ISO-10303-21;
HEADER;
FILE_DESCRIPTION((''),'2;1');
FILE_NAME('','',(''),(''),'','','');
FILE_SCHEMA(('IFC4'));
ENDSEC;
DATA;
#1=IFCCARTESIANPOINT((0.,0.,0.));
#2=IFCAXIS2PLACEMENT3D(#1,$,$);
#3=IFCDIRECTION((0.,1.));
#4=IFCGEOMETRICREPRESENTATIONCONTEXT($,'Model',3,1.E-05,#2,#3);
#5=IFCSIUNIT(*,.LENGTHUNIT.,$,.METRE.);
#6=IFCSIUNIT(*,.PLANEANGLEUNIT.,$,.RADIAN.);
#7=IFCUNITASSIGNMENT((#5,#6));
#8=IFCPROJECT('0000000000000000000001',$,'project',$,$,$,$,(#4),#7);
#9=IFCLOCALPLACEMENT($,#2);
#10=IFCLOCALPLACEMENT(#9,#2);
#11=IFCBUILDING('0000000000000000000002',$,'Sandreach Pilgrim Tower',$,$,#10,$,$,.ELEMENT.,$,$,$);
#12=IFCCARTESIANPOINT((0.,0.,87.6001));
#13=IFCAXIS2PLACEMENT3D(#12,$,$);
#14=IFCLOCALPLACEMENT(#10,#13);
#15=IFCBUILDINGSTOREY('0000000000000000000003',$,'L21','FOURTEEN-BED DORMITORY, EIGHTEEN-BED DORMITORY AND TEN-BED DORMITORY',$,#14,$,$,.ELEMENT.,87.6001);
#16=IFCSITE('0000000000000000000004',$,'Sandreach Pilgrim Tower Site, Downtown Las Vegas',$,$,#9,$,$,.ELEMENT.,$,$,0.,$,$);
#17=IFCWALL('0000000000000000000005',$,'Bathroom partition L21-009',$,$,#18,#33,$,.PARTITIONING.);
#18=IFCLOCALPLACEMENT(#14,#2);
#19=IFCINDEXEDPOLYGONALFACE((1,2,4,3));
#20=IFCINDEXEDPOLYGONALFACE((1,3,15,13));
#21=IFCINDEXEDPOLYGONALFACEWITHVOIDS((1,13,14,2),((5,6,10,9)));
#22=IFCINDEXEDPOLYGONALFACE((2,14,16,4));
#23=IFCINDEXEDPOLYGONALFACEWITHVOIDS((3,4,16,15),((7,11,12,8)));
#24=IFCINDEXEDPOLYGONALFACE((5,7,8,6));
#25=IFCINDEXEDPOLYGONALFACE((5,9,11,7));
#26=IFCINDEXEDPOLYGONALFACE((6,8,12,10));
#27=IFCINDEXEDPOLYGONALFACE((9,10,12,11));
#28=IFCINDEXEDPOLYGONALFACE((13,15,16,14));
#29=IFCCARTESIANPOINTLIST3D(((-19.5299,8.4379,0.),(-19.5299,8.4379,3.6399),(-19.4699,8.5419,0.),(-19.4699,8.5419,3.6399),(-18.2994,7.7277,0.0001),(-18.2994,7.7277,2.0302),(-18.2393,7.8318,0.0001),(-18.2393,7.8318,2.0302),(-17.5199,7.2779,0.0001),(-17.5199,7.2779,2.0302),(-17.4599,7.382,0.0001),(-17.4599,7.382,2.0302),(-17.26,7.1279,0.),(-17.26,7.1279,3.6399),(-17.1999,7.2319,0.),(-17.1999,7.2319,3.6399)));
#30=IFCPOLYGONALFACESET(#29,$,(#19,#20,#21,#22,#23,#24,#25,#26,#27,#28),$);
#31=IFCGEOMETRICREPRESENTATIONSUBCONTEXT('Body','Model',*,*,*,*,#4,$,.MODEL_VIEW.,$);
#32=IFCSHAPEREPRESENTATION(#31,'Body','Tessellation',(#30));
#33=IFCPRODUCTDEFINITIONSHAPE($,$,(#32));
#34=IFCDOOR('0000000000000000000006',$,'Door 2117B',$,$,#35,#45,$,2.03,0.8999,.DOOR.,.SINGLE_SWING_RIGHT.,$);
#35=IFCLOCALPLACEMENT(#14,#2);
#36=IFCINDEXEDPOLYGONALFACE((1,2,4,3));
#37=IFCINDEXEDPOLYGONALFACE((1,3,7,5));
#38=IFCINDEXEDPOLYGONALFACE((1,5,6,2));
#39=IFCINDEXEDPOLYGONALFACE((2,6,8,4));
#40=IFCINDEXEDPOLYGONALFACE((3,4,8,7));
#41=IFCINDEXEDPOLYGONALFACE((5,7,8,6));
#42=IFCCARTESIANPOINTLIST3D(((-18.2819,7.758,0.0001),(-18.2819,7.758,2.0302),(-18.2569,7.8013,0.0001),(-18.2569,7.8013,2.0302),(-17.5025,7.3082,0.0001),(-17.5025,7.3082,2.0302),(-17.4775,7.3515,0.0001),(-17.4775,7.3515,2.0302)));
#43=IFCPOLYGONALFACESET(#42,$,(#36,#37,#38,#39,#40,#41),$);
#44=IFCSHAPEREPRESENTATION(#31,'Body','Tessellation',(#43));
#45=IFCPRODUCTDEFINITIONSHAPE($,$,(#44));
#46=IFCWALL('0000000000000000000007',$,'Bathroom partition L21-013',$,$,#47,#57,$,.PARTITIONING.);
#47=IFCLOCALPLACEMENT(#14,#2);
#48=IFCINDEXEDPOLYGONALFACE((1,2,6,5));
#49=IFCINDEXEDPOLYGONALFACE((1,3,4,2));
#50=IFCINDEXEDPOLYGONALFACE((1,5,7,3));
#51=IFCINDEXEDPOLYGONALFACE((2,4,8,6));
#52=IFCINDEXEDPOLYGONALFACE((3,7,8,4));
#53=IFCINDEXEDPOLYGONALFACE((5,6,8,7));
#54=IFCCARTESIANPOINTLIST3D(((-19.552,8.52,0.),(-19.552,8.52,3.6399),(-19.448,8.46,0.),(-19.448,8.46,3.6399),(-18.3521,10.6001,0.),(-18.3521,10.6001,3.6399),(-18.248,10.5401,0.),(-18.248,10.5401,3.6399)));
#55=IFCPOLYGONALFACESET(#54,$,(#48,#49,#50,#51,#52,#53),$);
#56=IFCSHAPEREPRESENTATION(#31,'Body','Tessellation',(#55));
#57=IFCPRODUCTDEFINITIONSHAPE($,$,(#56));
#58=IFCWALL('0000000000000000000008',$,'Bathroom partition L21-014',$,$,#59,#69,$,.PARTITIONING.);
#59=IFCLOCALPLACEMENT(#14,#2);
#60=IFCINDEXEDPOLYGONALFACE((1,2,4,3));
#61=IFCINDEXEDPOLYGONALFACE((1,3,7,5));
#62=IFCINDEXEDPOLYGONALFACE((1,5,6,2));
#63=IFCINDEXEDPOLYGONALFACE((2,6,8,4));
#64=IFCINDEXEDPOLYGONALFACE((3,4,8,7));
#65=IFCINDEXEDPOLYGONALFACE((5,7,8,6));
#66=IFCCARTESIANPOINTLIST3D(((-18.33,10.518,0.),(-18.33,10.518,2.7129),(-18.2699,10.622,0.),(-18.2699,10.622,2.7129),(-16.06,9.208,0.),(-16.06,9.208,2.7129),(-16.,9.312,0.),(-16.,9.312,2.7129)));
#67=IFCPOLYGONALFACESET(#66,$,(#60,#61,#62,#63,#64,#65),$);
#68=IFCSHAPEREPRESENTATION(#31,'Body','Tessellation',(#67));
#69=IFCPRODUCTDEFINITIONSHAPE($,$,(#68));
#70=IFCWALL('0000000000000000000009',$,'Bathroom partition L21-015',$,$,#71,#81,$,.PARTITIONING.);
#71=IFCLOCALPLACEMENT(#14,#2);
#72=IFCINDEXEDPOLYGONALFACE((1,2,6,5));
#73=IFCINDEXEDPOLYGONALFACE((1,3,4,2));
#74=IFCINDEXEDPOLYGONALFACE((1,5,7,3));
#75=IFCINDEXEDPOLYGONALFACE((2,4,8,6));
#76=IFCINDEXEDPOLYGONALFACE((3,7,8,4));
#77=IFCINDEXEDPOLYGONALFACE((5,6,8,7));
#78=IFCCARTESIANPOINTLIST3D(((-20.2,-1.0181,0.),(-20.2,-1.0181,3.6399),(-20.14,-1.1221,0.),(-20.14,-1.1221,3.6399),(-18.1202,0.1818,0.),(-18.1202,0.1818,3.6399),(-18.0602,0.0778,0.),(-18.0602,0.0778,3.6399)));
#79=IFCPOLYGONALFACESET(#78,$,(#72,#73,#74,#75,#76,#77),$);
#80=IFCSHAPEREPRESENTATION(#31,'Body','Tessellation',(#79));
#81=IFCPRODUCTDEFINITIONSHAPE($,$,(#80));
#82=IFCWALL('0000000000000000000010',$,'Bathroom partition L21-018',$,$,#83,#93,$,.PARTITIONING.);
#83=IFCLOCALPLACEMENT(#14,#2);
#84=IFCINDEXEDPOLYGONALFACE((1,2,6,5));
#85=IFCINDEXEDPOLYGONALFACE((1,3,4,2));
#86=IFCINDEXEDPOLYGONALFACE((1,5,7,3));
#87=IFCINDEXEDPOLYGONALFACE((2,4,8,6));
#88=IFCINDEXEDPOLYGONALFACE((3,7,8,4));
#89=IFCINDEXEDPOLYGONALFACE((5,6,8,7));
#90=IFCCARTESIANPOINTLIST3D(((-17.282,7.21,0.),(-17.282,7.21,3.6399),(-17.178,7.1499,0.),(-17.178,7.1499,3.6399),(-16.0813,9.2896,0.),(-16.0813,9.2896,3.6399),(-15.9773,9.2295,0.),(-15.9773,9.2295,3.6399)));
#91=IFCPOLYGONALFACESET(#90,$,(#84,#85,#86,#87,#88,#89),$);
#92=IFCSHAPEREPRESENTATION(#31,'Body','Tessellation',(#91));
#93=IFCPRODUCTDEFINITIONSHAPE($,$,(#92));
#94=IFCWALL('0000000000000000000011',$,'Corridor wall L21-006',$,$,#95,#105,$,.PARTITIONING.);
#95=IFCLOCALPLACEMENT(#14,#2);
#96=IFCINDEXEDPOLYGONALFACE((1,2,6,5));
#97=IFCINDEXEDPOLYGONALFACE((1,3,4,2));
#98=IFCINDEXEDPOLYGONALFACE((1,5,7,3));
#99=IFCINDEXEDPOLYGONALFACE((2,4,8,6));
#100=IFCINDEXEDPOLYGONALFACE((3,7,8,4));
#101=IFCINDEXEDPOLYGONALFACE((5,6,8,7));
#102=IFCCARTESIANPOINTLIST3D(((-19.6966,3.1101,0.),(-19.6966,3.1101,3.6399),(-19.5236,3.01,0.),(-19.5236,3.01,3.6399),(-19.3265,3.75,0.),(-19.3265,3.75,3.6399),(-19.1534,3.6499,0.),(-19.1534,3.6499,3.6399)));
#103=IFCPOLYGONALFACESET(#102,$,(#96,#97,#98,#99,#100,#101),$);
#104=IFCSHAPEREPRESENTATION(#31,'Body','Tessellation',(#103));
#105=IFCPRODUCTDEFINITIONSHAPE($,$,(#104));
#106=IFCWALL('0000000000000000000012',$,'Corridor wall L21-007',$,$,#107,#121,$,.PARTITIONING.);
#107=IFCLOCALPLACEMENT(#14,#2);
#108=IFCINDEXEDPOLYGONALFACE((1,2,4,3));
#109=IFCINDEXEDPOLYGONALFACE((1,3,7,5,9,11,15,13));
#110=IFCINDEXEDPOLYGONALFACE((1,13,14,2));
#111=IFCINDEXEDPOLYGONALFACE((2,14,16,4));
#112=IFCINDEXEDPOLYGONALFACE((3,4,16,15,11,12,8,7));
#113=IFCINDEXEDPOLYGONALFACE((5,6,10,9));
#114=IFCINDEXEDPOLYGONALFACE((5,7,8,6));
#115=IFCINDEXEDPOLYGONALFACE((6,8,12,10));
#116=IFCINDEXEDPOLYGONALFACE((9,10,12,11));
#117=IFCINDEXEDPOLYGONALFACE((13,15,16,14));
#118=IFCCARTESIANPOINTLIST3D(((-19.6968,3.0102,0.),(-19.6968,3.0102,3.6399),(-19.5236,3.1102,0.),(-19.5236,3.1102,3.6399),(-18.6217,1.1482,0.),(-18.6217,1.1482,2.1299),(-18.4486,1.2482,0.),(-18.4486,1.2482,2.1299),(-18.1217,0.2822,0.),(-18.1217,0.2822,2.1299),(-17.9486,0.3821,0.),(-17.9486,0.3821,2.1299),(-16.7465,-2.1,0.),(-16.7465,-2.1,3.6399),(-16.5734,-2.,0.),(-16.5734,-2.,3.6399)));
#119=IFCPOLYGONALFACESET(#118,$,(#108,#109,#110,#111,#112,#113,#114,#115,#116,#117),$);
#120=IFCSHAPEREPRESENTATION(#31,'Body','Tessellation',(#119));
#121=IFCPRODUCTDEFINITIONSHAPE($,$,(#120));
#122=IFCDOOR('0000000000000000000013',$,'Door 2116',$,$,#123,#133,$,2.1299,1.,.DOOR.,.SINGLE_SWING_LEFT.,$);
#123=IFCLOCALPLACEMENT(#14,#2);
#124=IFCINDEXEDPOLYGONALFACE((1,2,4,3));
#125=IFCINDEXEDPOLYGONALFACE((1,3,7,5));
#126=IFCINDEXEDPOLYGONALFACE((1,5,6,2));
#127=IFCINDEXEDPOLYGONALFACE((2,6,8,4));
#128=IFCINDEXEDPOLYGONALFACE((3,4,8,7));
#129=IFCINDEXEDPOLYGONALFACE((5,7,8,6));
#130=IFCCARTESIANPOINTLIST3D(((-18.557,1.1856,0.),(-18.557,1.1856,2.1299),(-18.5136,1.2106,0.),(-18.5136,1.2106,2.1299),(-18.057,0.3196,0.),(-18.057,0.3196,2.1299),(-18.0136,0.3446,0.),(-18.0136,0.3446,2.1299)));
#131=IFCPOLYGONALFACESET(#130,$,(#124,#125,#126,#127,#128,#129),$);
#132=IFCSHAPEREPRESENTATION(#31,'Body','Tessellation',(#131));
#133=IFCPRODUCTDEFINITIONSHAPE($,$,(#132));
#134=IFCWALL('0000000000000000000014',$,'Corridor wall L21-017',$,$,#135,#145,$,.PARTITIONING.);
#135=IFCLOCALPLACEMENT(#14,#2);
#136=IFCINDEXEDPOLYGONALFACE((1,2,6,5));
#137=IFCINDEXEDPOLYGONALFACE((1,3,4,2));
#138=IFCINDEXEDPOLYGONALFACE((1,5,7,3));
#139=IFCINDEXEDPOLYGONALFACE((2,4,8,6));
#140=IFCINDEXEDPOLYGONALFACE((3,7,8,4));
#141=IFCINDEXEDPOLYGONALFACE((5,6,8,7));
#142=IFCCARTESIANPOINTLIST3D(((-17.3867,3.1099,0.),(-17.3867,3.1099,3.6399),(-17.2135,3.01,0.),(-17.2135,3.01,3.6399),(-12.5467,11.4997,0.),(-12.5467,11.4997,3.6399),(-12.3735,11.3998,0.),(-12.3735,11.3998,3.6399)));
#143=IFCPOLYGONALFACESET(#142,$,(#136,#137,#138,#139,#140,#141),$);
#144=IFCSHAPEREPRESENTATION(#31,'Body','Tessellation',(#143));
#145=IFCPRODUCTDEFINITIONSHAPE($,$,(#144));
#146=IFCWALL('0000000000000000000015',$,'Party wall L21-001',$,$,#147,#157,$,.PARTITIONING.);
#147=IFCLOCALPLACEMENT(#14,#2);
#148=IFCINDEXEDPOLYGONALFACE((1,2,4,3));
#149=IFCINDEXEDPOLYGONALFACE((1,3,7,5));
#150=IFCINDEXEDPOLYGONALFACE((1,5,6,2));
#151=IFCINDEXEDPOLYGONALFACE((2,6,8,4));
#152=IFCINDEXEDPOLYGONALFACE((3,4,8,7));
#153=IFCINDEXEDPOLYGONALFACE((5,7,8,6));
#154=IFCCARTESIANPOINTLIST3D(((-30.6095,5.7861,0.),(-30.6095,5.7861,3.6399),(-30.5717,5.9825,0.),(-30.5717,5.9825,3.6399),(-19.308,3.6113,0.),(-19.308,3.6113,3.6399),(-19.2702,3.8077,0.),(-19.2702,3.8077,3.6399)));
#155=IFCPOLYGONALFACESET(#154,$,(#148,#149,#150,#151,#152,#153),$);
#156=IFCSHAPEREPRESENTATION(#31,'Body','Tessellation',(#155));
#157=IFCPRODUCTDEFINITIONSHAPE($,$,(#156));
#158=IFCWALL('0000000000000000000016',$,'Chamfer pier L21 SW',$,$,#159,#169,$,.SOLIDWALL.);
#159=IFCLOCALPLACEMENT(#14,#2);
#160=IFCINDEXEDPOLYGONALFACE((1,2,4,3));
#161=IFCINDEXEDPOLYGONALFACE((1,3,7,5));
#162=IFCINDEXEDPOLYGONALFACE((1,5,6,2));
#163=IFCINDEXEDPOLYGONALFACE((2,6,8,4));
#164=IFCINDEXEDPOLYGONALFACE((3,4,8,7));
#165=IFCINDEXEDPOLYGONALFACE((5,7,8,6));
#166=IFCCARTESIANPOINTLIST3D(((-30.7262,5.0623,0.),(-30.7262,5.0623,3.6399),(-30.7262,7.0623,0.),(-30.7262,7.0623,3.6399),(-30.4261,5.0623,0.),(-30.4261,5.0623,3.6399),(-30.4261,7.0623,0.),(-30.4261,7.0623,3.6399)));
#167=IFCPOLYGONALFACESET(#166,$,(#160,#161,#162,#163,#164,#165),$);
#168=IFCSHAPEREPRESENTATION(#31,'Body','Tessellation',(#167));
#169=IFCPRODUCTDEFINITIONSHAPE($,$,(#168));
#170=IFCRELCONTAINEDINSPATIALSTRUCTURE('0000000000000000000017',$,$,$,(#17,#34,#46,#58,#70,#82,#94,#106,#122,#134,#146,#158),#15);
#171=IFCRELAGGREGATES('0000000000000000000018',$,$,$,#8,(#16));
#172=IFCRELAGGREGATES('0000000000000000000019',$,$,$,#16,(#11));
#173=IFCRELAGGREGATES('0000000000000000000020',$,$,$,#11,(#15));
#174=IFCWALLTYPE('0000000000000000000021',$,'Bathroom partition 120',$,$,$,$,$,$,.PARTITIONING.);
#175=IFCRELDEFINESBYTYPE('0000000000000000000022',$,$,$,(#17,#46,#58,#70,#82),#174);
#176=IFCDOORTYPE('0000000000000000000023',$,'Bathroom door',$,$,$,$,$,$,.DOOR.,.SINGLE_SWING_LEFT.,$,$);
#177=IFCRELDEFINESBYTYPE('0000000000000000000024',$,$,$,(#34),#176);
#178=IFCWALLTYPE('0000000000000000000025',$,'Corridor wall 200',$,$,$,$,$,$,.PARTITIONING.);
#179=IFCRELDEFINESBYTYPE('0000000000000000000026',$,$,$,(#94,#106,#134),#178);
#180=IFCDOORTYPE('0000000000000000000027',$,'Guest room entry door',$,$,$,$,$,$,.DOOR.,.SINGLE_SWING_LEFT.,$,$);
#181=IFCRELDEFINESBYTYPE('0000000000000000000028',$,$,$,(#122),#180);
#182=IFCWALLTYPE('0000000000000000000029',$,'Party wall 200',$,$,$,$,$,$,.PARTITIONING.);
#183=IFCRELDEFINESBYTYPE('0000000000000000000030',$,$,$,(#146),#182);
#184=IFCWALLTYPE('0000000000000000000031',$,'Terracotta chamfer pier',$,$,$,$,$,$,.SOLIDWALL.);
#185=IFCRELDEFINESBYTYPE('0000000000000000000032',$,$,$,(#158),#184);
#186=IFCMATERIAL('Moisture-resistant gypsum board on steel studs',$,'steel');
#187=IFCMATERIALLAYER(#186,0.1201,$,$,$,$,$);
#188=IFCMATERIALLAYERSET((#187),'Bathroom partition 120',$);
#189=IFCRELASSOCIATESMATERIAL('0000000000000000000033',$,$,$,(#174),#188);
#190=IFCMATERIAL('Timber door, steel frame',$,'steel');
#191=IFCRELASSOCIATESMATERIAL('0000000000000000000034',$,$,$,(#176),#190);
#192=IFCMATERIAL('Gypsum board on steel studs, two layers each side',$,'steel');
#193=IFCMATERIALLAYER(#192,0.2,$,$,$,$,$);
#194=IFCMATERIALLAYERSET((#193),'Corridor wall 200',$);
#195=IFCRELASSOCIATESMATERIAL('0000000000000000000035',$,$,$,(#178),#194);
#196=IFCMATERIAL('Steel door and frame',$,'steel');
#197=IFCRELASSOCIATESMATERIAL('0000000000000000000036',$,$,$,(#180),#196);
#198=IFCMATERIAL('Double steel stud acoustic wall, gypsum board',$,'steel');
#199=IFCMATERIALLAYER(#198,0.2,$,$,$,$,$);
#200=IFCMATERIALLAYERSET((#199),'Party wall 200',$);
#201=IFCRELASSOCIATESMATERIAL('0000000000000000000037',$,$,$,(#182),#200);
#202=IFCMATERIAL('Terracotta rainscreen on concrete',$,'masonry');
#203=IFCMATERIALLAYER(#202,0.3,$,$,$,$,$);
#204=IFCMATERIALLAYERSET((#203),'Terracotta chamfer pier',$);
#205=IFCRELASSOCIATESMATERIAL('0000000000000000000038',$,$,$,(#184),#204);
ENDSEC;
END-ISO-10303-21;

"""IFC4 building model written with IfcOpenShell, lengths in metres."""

from ifc_helpers import new_model, si_unit, direction, frame, frame_2d, origin, place, context, subcontext, project, spatial, rectangle, extrude, material, layer, layer_set, type_object, element, fill, save


model = new_model("IFC4")

# Units and contexts
model_context = context("Model", 3, precision=1e-05, world=origin(), true_north=direction((0.0, 1.0)))
body_context = subcontext(model_context, "Body", "Model", "MODEL_VIEW")
ifc_project = project(units=[si_unit("LENGTHUNIT", "METRE"), si_unit("PLANEANGLEUNIT", "RADIAN")], contexts=[model_context])

# Site, building, storey
site_placement = place(None, origin())
site = spatial("IfcSite", under=ifc_project, at=site_placement, Name="Sandreach Pilgrim Tower Site, Downtown Las Vegas", CompositionType="ELEMENT", RefElevation=0.0)
building_placement = place(site_placement, origin())
building = spatial("IfcBuilding", under=site, at=building_placement, Name="Sandreach Pilgrim Tower", CompositionType="ELEMENT")
storey_placement = place(building_placement, frame((0.0, 0.0, 87.6001)))
storey = spatial("IfcBuildingStorey", under=building, at=storey_placement, Name="L21", Description="FOURTEEN-BED DORMITORY, EIGHTEEN-BED DORMITORY AND TEN-BED DORMITORY", CompositionType="ELEMENT", Elevation=87.6001)

# Wall, opening, door
ifc_material_1 = material(Name="Moisture-resistant gypsum board on steel studs", Category="steel")
ifc_layer_1 = layer(ifc_material_1, 0.1201)
ifc_layer_set_1 = layer_set([ifc_layer_1], Name="Bathroom partition 120")
wall_type_1 = type_object("IfcWallType", Name="Bathroom partition 120", PredefinedType="PARTITIONING", material=ifc_layer_set_1)
wall_1_placement = place(storey_placement, frame((-19.5, 8.49, 0.0), z_axis=(0.0, 0.0, 1.0), x_axis=(0.866114, -0.499846, 0.0)))
wall_1 = element("IfcWall", 1, at=wall_1_placement, inside=storey, type_object=wall_type_1, Name="Bathroom partition L21-009", PredefinedType="PARTITIONING", context=body_context, shape_type="SweptSolid", body=[
    extrude(rectangle(XDim=2.6208, YDim=0.1201, at=frame_2d((1.3105, 0.0))), origin(), (0.0, 0.0, 1.0), 3.6399),
])
opening_1_placement = place(wall_1_placement, frame((1.4209, 0.0, 0.0)))
opening_1 = element("IfcOpeningElement", 2, at=opening_1_placement, cuts=wall_1, PredefinedType="OPENING", context=body_context, shape_type="SweptSolid", body=[
    extrude(rectangle(XDim=0.8999, YDim=2.03, at=frame_2d((0.45, 1.0151))), frame((0.0, 0.0601, 0.0), z_axis=(0.0, -1.0, 0.0), x_axis=(1.0, 0.0, 0.0)), (0.0, 0.0, 1.0), 0.1201),
])
ifc_material_2 = material(Name="Timber door, steel frame", Category="steel")
door_type_1 = type_object("IfcDoorType", Name="Bathroom door", OperationType="SINGLE_SWING_LEFT", PredefinedType="DOOR", material=ifc_material_2)
door_1_placement = place(opening_1_placement, origin())
door_1 = element("IfcDoor", 3, at=door_1_placement, inside=storey, type_object=door_type_1, Name="Door 2117B", OperationType="SINGLE_SWING_RIGHT", OverallHeight=2.03, OverallWidth=0.8999, PredefinedType="DOOR", context=body_context, shape_type="SweptSolid", body=[
    extrude(rectangle(XDim=0.8999, YDim=2.03, at=frame_2d((0.45, 1.0151))), frame((0.0, 0.0249, 0.0), z_axis=(0.0, -1.0, 0.0), x_axis=(1.0, 0.0, 0.0)), (0.0, 0.0, 1.0), 0.05),
])
fill(opening_1, door_1)

# Walls
wall_2_placement = place(storey_placement, frame((-18.3, 10.5701, 0.0), z_axis=(0.0, 0.0, 1.0), x_axis=(-0.499693, -0.866203, 0.0)))
element("IfcWall", 4, at=wall_2_placement, inside=storey, type_object=wall_type_1, Name="Bathroom partition L21-013", PredefinedType="PARTITIONING", context=body_context, shape_type="SweptSolid", body=[
    extrude(rectangle(XDim=2.4014, YDim=0.1201, at=frame_2d((1.2007, 0.0))), origin(), (0.0, 0.0, 1.0), 3.6399),
])
wall_3_placement = place(storey_placement, frame((-18.3, 10.5701, 0.0), z_axis=(0.0, 0.0, 1.0), x_axis=(0.866114, -0.499846, 0.0)))
element("IfcWall", 5, at=wall_3_placement, inside=storey, type_object=wall_type_1, Name="Bathroom partition L21-014", PredefinedType="PARTITIONING", context=body_context, shape_type="SweptSolid", body=[
    extrude(rectangle(XDim=2.6208, YDim=0.1201, at=frame_2d((1.3105, 0.0))), origin(), (0.0, 0.0, 1.0), 2.7129),
])
wall_4_placement = place(storey_placement, frame((-18.0901, 0.1299, 0.0), z_axis=(0.0, 0.0, 1.0), x_axis=(-0.866177, -0.499737, 0.0)))
element("IfcWall", 6, at=wall_4_placement, inside=storey, type_object=wall_type_1, Name="Bathroom partition L21-015", PredefinedType="PARTITIONING", context=body_context, shape_type="SweptSolid", body=[
    extrude(rectangle(XDim=2.4011, YDim=0.1201, at=frame_2d((1.2007, 0.0))), origin(), (0.0, 0.0, 1.0), 3.6399),
])
wall_5_placement = place(storey_placement, frame((-17.23, 7.1799, 0.0), z_axis=(0.0, 0.0, 1.0), x_axis=(0.50001, 0.86602, 0.0)))
element("IfcWall", 7, at=wall_5_placement, inside=storey, type_object=wall_type_1, Name="Bathroom partition L21-018", PredefinedType="PARTITIONING", context=body_context, shape_type="SweptSolid", body=[
    extrude(rectangle(XDim=2.4014, YDim=0.1201, at=frame_2d((1.2007, 0.0))), origin(), (0.0, 0.0, 1.0), 3.6399),
])
ifc_material_3 = material(Name="Gypsum board on steel studs, two layers each side", Category="steel")
ifc_layer_2 = layer(ifc_material_3, 0.2)
ifc_layer_set_2 = layer_set([ifc_layer_2], Name="Corridor wall 200")
wall_type_2 = type_object("IfcWallType", Name="Corridor wall 200", PredefinedType="PARTITIONING", material=ifc_layer_set_2)
wall_6_placement = place(storey_placement, frame((-19.6101, 3.0601, 0.0), z_axis=(0.0, 0.0, 1.0), x_axis=(0.500685, 0.86563, 0.0)))
element("IfcWall", 8, at=wall_6_placement, inside=storey, type_object=wall_type_2, Name="Corridor wall L21-006", PredefinedType="PARTITIONING", context=body_context, shape_type="SweptSolid", body=[
    extrude(rectangle(XDim=0.7393, YDim=0.2, at=frame_2d((0.3696, 0.0))), origin(), (0.0, 0.0, 1.0), 3.6399),
])

# Wall, opening, door
wall_7_placement = place(storey_placement, frame((-19.6101, 3.0601, 0.0), z_axis=(0.0, 0.0, 1.0), x_axis=(0.499984, -0.866035, 0.0)))
wall_7 = element("IfcWall", 9, at=wall_7_placement, inside=storey, type_object=wall_type_2, Name="Corridor wall L21-007", PredefinedType="PARTITIONING", context=body_context, shape_type="SweptSolid", body=[
    extrude(rectangle(XDim=5.9006, YDim=0.2, at=frame_2d((2.9502, 0.0))), origin(), (0.0, 0.0, 1.0), 3.6399),
])
opening_2_placement = place(wall_7_placement, frame((2.1499, 0.0, 0.0)))
opening_2 = element("IfcOpeningElement", 10, at=opening_2_placement, cuts=wall_7, PredefinedType="OPENING", context=body_context, shape_type="SweptSolid", body=[
    extrude(rectangle(XDim=1.0, YDim=2.1299, at=frame_2d((0.5, 1.0649))), frame((0.0, 0.1001, 0.0), z_axis=(0.0, -1.0, 0.0), x_axis=(1.0, 0.0, 0.0)), (0.0, 0.0, 1.0), 0.2),
])
ifc_material_4 = material(Name="Steel door and frame", Category="steel")
door_type_2 = type_object("IfcDoorType", Name="Guest room entry door", OperationType="SINGLE_SWING_LEFT", PredefinedType="DOOR", material=ifc_material_4)
door_2_placement = place(opening_2_placement, origin())
door_2 = element("IfcDoor", 11, at=door_2_placement, inside=storey, type_object=door_type_2, Name="Door 2116", OperationType="SINGLE_SWING_LEFT", OverallHeight=2.1299, OverallWidth=1.0, PredefinedType="DOOR", context=body_context, shape_type="SweptSolid", body=[
    extrude(rectangle(XDim=1.0, YDim=2.1299, at=frame_2d((0.5, 1.0649))), frame((0.0, 0.0249, 0.0), z_axis=(0.0, -1.0, 0.0), x_axis=(1.0, 0.0, 0.0)), (0.0, 0.0, 1.0), 0.05),
])
fill(opening_2, door_2)

# Wall
wall_8_placement = place(storey_placement, frame((-17.3, 3.0601, 0.0), z_axis=(0.0, 0.0, 1.0), x_axis=(0.499704, 0.866196, 0.0)))
element("IfcWall", 12, at=wall_8_placement, inside=storey, type_object=wall_type_2, Name="Corridor wall L21-017", PredefinedType="PARTITIONING", context=body_context, shape_type="SweptSolid", body=[
    extrude(rectangle(XDim=9.6858, YDim=0.2, at=frame_2d((4.8428, 0.0))), origin(), (0.0, 0.0, 1.0), 3.6399),
])

# Walls
ifc_material_5 = material(Name="Double steel stud acoustic wall, gypsum board", Category="steel")
ifc_layer_3 = layer(ifc_material_5, 0.2)
ifc_layer_set_3 = layer_set([ifc_layer_3], Name="Party wall 200")
wall_type_3 = type_object("IfcWallType", Name="Party wall 200", PredefinedType="PARTITIONING", material=ifc_layer_set_3)
wall_9_placement = place(storey_placement, frame((-30.5906, 5.8843, 0.0), z_axis=(0.0, 0.0, 1.0), x_axis=(0.981983, -0.188968, 0.0)))
element("IfcWall", 13, at=wall_9_placement, inside=storey, type_object=wall_type_3, Name="Party wall L21-001", PredefinedType="PARTITIONING", context=body_context, shape_type="SweptSolid", body=[
    extrude(rectangle(XDim=11.5088, YDim=0.2, at=frame_2d((5.7544, 0.0))), origin(), (0.0, 0.0, 1.0), 3.6399),
])
ifc_material_6 = material(Name="Terracotta rainscreen on concrete", Category="masonry")
ifc_layer_4 = layer(ifc_material_6, 0.3)
ifc_layer_set_4 = layer_set([ifc_layer_4], Name="Terracotta chamfer pier")
wall_type_4 = type_object("IfcWallType", Name="Terracotta chamfer pier", PredefinedType="SOLIDWALL", material=ifc_layer_set_4)
wall_10_placement = place(storey_placement, frame((-30.5762, 5.0623, 0.0), z_axis=(0.0, 0.0, 1.0), x_axis=(0.0, 1.0, 0.0)))
element("IfcWall", 14, at=wall_10_placement, inside=storey, type_object=wall_type_4, Name="Chamfer pier L21 SW", PredefinedType="SOLIDWALL", context=body_context, shape_type="SweptSolid", body=[
    extrude(rectangle(XDim=2.0, YDim=0.3, at=frame_2d((1.0, 0.0))), origin(), (0.0, 0.0, 1.0), 3.6399),
])

save(model, "model.ifc")
